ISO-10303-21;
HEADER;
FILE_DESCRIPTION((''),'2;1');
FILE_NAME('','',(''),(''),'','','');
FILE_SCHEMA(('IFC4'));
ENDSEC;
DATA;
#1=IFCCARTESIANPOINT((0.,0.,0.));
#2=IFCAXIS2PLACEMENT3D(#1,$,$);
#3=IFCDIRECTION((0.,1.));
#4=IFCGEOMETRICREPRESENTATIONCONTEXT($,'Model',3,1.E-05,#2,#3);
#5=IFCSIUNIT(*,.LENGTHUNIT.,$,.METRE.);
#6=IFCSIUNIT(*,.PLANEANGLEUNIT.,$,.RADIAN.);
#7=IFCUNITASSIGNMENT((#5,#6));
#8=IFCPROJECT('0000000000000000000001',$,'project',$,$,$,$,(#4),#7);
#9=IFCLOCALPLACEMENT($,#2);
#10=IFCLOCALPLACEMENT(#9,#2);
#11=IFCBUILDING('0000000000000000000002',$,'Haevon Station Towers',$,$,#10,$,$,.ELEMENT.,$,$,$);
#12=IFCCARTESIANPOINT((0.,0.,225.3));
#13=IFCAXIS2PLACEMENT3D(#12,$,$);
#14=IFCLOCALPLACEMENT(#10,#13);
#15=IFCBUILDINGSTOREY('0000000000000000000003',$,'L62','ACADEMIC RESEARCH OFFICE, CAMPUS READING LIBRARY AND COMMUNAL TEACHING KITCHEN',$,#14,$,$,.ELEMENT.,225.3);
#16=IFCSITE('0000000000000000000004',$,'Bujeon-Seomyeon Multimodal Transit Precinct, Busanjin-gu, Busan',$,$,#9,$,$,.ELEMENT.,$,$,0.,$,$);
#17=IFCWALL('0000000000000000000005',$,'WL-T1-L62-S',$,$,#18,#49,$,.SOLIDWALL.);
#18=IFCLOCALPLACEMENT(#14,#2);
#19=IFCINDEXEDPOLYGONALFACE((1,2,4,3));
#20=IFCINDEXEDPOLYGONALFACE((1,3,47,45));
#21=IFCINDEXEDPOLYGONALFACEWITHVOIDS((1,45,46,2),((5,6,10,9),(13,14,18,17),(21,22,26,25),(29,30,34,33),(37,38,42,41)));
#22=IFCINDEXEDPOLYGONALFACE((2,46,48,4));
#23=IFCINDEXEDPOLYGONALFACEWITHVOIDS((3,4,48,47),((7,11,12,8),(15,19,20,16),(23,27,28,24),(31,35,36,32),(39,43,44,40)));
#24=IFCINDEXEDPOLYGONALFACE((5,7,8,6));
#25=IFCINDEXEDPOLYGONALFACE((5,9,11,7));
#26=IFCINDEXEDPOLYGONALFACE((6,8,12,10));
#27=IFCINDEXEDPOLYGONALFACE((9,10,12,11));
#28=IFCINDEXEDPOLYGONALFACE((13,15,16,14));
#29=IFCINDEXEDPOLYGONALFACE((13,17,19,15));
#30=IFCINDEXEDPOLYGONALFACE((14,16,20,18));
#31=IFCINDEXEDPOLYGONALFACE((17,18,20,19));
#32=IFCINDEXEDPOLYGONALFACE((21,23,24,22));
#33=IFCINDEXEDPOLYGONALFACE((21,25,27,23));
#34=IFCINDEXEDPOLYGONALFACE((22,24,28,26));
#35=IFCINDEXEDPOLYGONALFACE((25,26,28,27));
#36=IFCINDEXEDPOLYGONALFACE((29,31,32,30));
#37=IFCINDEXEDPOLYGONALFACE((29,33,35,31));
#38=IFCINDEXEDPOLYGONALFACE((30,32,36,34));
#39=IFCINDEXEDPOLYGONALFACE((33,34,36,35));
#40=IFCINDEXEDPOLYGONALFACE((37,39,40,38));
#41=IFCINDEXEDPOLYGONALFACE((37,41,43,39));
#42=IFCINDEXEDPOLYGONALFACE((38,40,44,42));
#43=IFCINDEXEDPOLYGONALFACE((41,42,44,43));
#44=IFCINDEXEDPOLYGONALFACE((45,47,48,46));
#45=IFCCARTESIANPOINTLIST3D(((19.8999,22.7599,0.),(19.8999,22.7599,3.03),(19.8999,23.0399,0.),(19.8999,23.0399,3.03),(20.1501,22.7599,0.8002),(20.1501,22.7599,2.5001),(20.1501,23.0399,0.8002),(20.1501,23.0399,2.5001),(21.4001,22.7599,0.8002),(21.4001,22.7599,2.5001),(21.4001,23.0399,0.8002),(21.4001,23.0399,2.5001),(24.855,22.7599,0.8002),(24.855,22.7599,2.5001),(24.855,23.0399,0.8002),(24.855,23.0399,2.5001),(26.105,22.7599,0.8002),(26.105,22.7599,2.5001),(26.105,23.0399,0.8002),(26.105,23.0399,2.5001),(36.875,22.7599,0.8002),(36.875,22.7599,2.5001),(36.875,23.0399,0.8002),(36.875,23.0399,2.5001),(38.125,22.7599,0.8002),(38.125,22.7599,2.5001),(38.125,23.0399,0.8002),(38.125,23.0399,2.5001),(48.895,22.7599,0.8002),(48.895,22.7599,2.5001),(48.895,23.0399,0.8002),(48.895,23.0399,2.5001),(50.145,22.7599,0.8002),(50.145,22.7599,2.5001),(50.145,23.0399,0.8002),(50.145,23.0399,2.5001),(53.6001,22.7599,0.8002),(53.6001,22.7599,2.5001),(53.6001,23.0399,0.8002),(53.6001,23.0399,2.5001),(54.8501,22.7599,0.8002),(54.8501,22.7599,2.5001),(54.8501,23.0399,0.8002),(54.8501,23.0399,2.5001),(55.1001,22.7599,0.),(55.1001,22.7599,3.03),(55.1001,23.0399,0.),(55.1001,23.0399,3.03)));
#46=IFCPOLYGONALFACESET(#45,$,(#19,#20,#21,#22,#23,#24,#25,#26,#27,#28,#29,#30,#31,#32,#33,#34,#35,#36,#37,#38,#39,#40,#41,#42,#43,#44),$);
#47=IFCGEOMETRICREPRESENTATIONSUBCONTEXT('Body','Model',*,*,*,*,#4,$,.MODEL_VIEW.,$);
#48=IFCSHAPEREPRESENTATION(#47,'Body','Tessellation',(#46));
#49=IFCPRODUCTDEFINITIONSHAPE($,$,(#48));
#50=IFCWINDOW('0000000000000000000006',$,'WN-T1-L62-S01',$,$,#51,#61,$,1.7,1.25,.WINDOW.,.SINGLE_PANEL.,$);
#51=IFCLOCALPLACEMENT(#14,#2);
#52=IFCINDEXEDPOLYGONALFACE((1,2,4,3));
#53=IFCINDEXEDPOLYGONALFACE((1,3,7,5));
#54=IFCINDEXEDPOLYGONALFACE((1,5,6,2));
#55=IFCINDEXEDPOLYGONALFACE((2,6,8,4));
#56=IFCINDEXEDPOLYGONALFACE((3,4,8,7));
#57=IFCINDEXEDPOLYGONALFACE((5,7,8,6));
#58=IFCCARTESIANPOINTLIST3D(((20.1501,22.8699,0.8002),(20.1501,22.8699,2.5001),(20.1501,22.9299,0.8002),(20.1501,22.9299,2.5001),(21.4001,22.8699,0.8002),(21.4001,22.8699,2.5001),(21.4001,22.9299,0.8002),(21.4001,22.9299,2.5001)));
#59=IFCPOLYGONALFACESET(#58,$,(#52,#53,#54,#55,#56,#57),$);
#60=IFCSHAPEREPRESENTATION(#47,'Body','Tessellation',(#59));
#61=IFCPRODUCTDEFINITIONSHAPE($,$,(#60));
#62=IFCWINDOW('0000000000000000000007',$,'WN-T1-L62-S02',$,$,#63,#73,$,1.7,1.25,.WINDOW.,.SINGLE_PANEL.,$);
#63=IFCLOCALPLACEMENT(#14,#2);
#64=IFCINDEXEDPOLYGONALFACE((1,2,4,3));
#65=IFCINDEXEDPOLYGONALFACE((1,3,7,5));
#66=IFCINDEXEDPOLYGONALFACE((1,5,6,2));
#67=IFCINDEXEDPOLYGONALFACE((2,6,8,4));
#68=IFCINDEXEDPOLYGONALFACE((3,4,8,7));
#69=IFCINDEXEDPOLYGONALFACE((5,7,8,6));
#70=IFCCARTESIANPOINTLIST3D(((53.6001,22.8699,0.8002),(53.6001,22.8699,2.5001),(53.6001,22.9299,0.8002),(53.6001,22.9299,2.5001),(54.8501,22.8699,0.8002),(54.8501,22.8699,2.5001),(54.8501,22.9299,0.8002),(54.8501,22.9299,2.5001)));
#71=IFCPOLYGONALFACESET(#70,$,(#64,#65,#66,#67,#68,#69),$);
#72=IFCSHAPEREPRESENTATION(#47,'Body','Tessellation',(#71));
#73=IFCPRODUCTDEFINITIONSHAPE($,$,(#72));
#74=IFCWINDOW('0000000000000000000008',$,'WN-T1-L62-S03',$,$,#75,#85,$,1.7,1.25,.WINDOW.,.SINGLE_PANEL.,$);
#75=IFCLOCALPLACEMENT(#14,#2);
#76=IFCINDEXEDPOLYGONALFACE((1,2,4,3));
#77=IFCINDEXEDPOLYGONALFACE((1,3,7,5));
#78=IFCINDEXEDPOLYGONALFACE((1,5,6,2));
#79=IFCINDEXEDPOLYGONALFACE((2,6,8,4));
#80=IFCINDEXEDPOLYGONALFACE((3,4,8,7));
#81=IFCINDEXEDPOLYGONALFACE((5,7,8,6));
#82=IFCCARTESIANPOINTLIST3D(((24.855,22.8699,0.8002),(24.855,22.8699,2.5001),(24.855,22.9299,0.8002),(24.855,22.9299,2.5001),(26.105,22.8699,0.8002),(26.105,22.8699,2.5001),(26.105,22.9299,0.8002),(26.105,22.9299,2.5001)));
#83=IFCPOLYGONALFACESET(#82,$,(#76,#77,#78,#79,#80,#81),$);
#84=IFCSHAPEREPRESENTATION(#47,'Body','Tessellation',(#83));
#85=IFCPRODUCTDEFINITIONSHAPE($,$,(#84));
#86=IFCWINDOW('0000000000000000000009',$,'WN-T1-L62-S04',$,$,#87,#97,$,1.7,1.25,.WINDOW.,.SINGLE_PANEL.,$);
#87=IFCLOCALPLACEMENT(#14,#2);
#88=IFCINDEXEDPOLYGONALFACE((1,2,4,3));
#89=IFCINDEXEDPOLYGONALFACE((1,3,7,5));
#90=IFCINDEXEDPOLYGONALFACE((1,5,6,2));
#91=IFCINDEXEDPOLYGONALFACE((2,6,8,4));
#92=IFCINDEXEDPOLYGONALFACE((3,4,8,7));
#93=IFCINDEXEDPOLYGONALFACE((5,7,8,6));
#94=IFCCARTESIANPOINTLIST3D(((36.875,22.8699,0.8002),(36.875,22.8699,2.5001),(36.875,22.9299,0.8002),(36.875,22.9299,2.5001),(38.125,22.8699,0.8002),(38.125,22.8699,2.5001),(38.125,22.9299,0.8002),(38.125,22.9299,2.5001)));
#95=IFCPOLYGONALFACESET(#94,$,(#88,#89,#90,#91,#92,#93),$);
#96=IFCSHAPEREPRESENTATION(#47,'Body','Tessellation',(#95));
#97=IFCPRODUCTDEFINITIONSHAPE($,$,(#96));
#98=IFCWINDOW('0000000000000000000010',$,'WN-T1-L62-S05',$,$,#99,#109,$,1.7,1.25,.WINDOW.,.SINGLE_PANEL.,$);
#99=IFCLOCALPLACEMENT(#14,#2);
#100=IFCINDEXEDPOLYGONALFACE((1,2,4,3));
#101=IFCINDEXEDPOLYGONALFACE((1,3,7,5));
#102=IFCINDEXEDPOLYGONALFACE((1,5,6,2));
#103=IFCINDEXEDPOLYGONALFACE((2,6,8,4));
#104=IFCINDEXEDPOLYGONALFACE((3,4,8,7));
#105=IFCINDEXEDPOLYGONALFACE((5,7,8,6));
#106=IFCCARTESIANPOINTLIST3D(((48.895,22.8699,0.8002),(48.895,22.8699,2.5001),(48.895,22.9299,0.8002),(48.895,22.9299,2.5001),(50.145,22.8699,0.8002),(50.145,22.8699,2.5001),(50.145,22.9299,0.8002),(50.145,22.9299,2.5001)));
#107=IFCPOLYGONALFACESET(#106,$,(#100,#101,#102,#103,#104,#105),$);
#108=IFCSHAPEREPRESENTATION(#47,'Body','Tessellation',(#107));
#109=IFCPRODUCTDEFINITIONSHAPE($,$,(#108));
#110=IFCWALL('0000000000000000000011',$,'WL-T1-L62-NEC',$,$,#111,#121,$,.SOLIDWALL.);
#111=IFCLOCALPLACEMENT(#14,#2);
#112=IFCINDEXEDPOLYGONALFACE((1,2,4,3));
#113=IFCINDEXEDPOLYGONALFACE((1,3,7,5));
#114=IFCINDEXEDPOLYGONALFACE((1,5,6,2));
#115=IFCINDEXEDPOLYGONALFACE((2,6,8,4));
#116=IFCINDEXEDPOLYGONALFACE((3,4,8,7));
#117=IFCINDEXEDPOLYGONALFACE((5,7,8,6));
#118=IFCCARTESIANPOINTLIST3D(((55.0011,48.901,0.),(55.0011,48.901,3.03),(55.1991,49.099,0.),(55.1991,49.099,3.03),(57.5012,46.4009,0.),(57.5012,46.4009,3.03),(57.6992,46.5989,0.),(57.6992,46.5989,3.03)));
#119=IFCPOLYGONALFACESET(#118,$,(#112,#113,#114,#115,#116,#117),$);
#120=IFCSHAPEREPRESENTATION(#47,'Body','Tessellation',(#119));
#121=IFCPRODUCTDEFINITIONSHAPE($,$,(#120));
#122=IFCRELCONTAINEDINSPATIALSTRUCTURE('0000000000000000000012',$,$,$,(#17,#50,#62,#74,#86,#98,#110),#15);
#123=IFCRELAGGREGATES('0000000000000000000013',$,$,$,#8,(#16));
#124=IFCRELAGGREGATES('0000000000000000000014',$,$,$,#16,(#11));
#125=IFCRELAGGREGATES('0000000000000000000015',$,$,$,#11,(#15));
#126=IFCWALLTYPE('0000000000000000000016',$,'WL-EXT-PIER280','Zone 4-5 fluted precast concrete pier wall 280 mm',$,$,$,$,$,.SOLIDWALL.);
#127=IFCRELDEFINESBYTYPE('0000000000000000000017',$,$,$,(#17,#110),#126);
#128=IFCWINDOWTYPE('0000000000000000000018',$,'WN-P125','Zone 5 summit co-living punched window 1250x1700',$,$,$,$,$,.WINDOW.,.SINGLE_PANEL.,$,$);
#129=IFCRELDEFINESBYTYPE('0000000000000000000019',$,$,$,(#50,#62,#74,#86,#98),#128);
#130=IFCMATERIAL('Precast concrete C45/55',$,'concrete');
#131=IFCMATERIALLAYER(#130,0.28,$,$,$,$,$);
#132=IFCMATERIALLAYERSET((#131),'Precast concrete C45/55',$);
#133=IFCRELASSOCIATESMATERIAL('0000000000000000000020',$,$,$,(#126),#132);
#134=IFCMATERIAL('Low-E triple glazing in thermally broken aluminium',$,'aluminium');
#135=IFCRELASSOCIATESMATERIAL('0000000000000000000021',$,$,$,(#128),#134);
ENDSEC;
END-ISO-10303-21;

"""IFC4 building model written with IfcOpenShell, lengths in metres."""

from ifc_helpers import new_model, si_unit, direction, frame, frame_2d, origin, place, context, subcontext, project, spatial, rectangle, extrude, material, layer, layer_set, type_object, element, fill, save


model = new_model("IFC4")

# Units and contexts
model_context = context("Model", 3, precision=1e-05, world=origin(), true_north=direction((0.0, 1.0)))
body_context = subcontext(model_context, "Body", "Model", "MODEL_VIEW")
ifc_project = project(units=[si_unit("LENGTHUNIT", "METRE"), si_unit("PLANEANGLEUNIT", "RADIAN")], contexts=[model_context])

# Site, building, storey
site_placement = place(None, origin())
site = spatial("IfcSite", under=ifc_project, at=site_placement, Name="Bujeon-Seomyeon Multimodal Transit Precinct, Busanjin-gu, Busan", CompositionType="ELEMENT", RefElevation=0.0)
building_placement = place(site_placement, origin())
building = spatial("IfcBuilding", under=site, at=building_placement, Name="Haevon Station Towers", CompositionType="ELEMENT")
storey_placement = place(building_placement, frame((0.0, 0.0, 225.3)))
storey = spatial("IfcBuildingStorey", under=building, at=storey_placement, Name="L62", Description="ACADEMIC RESEARCH OFFICE, CAMPUS READING LIBRARY AND COMMUNAL TEACHING KITCHEN", CompositionType="ELEMENT", Elevation=225.3)

# Wall, openings, windows
ifc_material_1 = material(Name="Precast concrete C45/55", Category="concrete")
ifc_layer_1 = layer(ifc_material_1, 0.28)
ifc_layer_set_1 = layer_set([ifc_layer_1], Name="Precast concrete C45/55")
wall_type_1 = type_object("IfcWallType", Name="WL-EXT-PIER280", Description="Zone 4-5 fluted precast concrete pier wall 280 mm", PredefinedType="SOLIDWALL", material=ifc_layer_set_1)
wall_1_placement = place(storey_placement, frame((55.1001, 22.8999, 0.0), z_axis=(0.0, 0.0, 1.0), x_axis=(-1.0, 0.0, 0.0)))
wall_1 = element("IfcWall", 1, at=wall_1_placement, inside=storey, type_object=wall_type_1, Name="WL-T1-L62-S", PredefinedType="SOLIDWALL", context=body_context, shape_type="SweptSolid", body=[
    extrude(rectangle(XDim=35.2002, YDim=0.28, at=frame_2d((17.6001, 0.0))), origin(), (0.0, 0.0, 1.0), 3.03),
])
opening_1_placement = place(wall_1_placement, frame((33.7, 0.0, 0.8)))
opening_1 = element("IfcOpeningElement", 2, at=opening_1_placement, cuts=wall_1, PredefinedType="OPENING", context=body_context, shape_type="SweptSolid", body=[
    extrude(rectangle(XDim=1.25, YDim=1.7, at=frame_2d((0.625, 0.8501))), frame((0.0, 0.1499, 0.0), z_axis=(0.0, -1.0, 0.0), x_axis=(1.0, 0.0, 0.0)), (0.0, 0.0, 1.0), 0.3),
])
opening_2_placement = place(wall_1_placement, frame((0.25, 0.0, 0.8)))
opening_2 = element("IfcOpeningElement", 3, at=opening_2_placement, cuts=wall_1, PredefinedType="OPENING", context=body_context, shape_type="SweptSolid", body=[
    extrude(rectangle(XDim=1.25, YDim=1.7, at=frame_2d((0.625, 0.8501))), frame((0.0, 0.1499, 0.0), z_axis=(0.0, -1.0, 0.0), x_axis=(1.0, 0.0, 0.0)), (0.0, 0.0, 1.0), 0.3),
])
opening_3_placement = place(wall_1_placement, frame((28.9951, 0.0, 0.8)))
opening_3 = element("IfcOpeningElement", 4, at=opening_3_placement, cuts=wall_1, PredefinedType="OPENING", context=body_context, shape_type="SweptSolid", body=[
    extrude(rectangle(XDim=1.25, YDim=1.7, at=frame_2d((0.625, 0.8501))), frame((0.0, 0.1499, 0.0), z_axis=(0.0, -1.0, 0.0), x_axis=(1.0, 0.0, 0.0)), (0.0, 0.0, 1.0), 0.3),
])
opening_4_placement = place(wall_1_placement, frame((16.9751, 0.0, 0.8)))
opening_4 = element("IfcOpeningElement", 5, at=opening_4_placement, cuts=wall_1, PredefinedType="OPENING", context=body_context, shape_type="SweptSolid", body=[
    extrude(rectangle(XDim=1.25, YDim=1.7, at=frame_2d((0.625, 0.8501))), frame((0.0, 0.1499, 0.0), z_axis=(0.0, -1.0, 0.0), x_axis=(1.0, 0.0, 0.0)), (0.0, 0.0, 1.0), 0.3),
])
opening_5_placement = place(wall_1_placement, frame((4.9551, 0.0, 0.8)))
opening_5 = element("IfcOpeningElement", 6, at=opening_5_placement, cuts=wall_1, PredefinedType="OPENING", context=body_context, shape_type="SweptSolid", body=[
    extrude(rectangle(XDim=1.25, YDim=1.7, at=frame_2d((0.625, 0.8501))), frame((0.0, 0.1499, 0.0), z_axis=(0.0, -1.0, 0.0), x_axis=(1.0, 0.0, 0.0)), (0.0, 0.0, 1.0), 0.3),
])
ifc_material_2 = material(Name="Low-E triple glazing in thermally broken aluminium", Category="aluminium")
window_type_1 = type_object("IfcWindowType", Name="WN-P125", Description="Zone 5 summit co-living punched window 1250x1700", PartitioningType="SINGLE_PANEL", PredefinedType="WINDOW", material=ifc_material_2)
window_1_placement = place(opening_1_placement, origin())
window_1 = element("IfcWindow", 7, at=window_1_placement, inside=storey, type_object=window_type_1, Name="WN-T1-L62-S01", OverallHeight=1.7, OverallWidth=1.25, PartitioningType="SINGLE_PANEL", PredefinedType="WINDOW", context=body_context, shape_type="SweptSolid", body=[
    extrude(rectangle(XDim=1.25, YDim=1.7, at=frame_2d((0.625, 0.8501))), frame((0.0, 0.03, 0.0), z_axis=(0.0, -1.0, 0.0), x_axis=(1.0, 0.0, 0.0)), (0.0, 0.0, 1.0), 0.0601),
])
fill(opening_1, window_1)
window_2_placement = place(opening_2_placement, origin())
window_2 = element("IfcWindow", 8, at=window_2_placement, inside=storey, type_object=window_type_1, Name="WN-T1-L62-S02", OverallHeight=1.7, OverallWidth=1.25, PartitioningType="SINGLE_PANEL", PredefinedType="WINDOW", context=body_context, shape_type="SweptSolid", body=[
    extrude(rectangle(XDim=1.25, YDim=1.7, at=frame_2d((0.625, 0.8501))), frame((0.0, 0.03, 0.0), z_axis=(0.0, -1.0, 0.0), x_axis=(1.0, 0.0, 0.0)), (0.0, 0.0, 1.0), 0.0601),
])
fill(opening_2, window_2)
window_3_placement = place(opening_3_placement, origin())
window_3 = element("IfcWindow", 9, at=window_3_placement, inside=storey, type_object=window_type_1, Name="WN-T1-L62-S03", OverallHeight=1.7, OverallWidth=1.25, PartitioningType="SINGLE_PANEL", PredefinedType="WINDOW", context=body_context, shape_type="SweptSolid", body=[
    extrude(rectangle(XDim=1.25, YDim=1.7, at=frame_2d((0.625, 0.8501))), frame((0.0, 0.03, 0.0), z_axis=(0.0, -1.0, 0.0), x_axis=(1.0, 0.0, 0.0)), (0.0, 0.0, 1.0), 0.0601),
])
fill(opening_3, window_3)
window_4_placement = place(opening_4_placement, origin())
window_4 = element("IfcWindow", 10, at=window_4_placement, inside=storey, type_object=window_type_1, Name="WN-T1-L62-S04", OverallHeight=1.7, OverallWidth=1.25, PartitioningType="SINGLE_PANEL", PredefinedType="WINDOW", context=body_context, shape_type="SweptSolid", body=[
    extrude(rectangle(XDim=1.25, YDim=1.7, at=frame_2d((0.625, 0.8501))), frame((0.0, 0.03, 0.0), z_axis=(0.0, -1.0, 0.0), x_axis=(1.0, 0.0, 0.0)), (0.0, 0.0, 1.0), 0.0601),
])
fill(opening_4, window_4)
window_5_placement = place(opening_5_placement, origin())
window_5 = element("IfcWindow", 11, at=window_5_placement, inside=storey, type_object=window_type_1, Name="WN-T1-L62-S05", OverallHeight=1.7, OverallWidth=1.25, PartitioningType="SINGLE_PANEL", PredefinedType="WINDOW", context=body_context, shape_type="SweptSolid", body=[
    extrude(rectangle(XDim=1.25, YDim=1.7, at=frame_2d((0.625, 0.8501))), frame((0.0, 0.03, 0.0), z_axis=(0.0, -1.0, 0.0), x_axis=(1.0, 0.0, 0.0)), (0.0, 0.0, 1.0), 0.0601),
])
fill(opening_5, window_5)

# Wall
wall_2_placement = place(storey_placement, frame((55.1001, 49.0, 0.0), z_axis=(0.0, 0.0, 1.0), x_axis=(0.707107, -0.707107, 0.0)))
element("IfcWall", 12, at=wall_2_placement, inside=storey, type_object=wall_type_1, Name="WL-T1-L62-NEC", PredefinedType="SOLIDWALL", context=body_context, shape_type="SweptSolid", body=[
    extrude(rectangle(XDim=3.5356, YDim=0.28, at=frame_2d((1.7678, 0.0))), origin(), (0.0, 0.0, 1.0), 3.03),
])

save(model, "model.ifc")
